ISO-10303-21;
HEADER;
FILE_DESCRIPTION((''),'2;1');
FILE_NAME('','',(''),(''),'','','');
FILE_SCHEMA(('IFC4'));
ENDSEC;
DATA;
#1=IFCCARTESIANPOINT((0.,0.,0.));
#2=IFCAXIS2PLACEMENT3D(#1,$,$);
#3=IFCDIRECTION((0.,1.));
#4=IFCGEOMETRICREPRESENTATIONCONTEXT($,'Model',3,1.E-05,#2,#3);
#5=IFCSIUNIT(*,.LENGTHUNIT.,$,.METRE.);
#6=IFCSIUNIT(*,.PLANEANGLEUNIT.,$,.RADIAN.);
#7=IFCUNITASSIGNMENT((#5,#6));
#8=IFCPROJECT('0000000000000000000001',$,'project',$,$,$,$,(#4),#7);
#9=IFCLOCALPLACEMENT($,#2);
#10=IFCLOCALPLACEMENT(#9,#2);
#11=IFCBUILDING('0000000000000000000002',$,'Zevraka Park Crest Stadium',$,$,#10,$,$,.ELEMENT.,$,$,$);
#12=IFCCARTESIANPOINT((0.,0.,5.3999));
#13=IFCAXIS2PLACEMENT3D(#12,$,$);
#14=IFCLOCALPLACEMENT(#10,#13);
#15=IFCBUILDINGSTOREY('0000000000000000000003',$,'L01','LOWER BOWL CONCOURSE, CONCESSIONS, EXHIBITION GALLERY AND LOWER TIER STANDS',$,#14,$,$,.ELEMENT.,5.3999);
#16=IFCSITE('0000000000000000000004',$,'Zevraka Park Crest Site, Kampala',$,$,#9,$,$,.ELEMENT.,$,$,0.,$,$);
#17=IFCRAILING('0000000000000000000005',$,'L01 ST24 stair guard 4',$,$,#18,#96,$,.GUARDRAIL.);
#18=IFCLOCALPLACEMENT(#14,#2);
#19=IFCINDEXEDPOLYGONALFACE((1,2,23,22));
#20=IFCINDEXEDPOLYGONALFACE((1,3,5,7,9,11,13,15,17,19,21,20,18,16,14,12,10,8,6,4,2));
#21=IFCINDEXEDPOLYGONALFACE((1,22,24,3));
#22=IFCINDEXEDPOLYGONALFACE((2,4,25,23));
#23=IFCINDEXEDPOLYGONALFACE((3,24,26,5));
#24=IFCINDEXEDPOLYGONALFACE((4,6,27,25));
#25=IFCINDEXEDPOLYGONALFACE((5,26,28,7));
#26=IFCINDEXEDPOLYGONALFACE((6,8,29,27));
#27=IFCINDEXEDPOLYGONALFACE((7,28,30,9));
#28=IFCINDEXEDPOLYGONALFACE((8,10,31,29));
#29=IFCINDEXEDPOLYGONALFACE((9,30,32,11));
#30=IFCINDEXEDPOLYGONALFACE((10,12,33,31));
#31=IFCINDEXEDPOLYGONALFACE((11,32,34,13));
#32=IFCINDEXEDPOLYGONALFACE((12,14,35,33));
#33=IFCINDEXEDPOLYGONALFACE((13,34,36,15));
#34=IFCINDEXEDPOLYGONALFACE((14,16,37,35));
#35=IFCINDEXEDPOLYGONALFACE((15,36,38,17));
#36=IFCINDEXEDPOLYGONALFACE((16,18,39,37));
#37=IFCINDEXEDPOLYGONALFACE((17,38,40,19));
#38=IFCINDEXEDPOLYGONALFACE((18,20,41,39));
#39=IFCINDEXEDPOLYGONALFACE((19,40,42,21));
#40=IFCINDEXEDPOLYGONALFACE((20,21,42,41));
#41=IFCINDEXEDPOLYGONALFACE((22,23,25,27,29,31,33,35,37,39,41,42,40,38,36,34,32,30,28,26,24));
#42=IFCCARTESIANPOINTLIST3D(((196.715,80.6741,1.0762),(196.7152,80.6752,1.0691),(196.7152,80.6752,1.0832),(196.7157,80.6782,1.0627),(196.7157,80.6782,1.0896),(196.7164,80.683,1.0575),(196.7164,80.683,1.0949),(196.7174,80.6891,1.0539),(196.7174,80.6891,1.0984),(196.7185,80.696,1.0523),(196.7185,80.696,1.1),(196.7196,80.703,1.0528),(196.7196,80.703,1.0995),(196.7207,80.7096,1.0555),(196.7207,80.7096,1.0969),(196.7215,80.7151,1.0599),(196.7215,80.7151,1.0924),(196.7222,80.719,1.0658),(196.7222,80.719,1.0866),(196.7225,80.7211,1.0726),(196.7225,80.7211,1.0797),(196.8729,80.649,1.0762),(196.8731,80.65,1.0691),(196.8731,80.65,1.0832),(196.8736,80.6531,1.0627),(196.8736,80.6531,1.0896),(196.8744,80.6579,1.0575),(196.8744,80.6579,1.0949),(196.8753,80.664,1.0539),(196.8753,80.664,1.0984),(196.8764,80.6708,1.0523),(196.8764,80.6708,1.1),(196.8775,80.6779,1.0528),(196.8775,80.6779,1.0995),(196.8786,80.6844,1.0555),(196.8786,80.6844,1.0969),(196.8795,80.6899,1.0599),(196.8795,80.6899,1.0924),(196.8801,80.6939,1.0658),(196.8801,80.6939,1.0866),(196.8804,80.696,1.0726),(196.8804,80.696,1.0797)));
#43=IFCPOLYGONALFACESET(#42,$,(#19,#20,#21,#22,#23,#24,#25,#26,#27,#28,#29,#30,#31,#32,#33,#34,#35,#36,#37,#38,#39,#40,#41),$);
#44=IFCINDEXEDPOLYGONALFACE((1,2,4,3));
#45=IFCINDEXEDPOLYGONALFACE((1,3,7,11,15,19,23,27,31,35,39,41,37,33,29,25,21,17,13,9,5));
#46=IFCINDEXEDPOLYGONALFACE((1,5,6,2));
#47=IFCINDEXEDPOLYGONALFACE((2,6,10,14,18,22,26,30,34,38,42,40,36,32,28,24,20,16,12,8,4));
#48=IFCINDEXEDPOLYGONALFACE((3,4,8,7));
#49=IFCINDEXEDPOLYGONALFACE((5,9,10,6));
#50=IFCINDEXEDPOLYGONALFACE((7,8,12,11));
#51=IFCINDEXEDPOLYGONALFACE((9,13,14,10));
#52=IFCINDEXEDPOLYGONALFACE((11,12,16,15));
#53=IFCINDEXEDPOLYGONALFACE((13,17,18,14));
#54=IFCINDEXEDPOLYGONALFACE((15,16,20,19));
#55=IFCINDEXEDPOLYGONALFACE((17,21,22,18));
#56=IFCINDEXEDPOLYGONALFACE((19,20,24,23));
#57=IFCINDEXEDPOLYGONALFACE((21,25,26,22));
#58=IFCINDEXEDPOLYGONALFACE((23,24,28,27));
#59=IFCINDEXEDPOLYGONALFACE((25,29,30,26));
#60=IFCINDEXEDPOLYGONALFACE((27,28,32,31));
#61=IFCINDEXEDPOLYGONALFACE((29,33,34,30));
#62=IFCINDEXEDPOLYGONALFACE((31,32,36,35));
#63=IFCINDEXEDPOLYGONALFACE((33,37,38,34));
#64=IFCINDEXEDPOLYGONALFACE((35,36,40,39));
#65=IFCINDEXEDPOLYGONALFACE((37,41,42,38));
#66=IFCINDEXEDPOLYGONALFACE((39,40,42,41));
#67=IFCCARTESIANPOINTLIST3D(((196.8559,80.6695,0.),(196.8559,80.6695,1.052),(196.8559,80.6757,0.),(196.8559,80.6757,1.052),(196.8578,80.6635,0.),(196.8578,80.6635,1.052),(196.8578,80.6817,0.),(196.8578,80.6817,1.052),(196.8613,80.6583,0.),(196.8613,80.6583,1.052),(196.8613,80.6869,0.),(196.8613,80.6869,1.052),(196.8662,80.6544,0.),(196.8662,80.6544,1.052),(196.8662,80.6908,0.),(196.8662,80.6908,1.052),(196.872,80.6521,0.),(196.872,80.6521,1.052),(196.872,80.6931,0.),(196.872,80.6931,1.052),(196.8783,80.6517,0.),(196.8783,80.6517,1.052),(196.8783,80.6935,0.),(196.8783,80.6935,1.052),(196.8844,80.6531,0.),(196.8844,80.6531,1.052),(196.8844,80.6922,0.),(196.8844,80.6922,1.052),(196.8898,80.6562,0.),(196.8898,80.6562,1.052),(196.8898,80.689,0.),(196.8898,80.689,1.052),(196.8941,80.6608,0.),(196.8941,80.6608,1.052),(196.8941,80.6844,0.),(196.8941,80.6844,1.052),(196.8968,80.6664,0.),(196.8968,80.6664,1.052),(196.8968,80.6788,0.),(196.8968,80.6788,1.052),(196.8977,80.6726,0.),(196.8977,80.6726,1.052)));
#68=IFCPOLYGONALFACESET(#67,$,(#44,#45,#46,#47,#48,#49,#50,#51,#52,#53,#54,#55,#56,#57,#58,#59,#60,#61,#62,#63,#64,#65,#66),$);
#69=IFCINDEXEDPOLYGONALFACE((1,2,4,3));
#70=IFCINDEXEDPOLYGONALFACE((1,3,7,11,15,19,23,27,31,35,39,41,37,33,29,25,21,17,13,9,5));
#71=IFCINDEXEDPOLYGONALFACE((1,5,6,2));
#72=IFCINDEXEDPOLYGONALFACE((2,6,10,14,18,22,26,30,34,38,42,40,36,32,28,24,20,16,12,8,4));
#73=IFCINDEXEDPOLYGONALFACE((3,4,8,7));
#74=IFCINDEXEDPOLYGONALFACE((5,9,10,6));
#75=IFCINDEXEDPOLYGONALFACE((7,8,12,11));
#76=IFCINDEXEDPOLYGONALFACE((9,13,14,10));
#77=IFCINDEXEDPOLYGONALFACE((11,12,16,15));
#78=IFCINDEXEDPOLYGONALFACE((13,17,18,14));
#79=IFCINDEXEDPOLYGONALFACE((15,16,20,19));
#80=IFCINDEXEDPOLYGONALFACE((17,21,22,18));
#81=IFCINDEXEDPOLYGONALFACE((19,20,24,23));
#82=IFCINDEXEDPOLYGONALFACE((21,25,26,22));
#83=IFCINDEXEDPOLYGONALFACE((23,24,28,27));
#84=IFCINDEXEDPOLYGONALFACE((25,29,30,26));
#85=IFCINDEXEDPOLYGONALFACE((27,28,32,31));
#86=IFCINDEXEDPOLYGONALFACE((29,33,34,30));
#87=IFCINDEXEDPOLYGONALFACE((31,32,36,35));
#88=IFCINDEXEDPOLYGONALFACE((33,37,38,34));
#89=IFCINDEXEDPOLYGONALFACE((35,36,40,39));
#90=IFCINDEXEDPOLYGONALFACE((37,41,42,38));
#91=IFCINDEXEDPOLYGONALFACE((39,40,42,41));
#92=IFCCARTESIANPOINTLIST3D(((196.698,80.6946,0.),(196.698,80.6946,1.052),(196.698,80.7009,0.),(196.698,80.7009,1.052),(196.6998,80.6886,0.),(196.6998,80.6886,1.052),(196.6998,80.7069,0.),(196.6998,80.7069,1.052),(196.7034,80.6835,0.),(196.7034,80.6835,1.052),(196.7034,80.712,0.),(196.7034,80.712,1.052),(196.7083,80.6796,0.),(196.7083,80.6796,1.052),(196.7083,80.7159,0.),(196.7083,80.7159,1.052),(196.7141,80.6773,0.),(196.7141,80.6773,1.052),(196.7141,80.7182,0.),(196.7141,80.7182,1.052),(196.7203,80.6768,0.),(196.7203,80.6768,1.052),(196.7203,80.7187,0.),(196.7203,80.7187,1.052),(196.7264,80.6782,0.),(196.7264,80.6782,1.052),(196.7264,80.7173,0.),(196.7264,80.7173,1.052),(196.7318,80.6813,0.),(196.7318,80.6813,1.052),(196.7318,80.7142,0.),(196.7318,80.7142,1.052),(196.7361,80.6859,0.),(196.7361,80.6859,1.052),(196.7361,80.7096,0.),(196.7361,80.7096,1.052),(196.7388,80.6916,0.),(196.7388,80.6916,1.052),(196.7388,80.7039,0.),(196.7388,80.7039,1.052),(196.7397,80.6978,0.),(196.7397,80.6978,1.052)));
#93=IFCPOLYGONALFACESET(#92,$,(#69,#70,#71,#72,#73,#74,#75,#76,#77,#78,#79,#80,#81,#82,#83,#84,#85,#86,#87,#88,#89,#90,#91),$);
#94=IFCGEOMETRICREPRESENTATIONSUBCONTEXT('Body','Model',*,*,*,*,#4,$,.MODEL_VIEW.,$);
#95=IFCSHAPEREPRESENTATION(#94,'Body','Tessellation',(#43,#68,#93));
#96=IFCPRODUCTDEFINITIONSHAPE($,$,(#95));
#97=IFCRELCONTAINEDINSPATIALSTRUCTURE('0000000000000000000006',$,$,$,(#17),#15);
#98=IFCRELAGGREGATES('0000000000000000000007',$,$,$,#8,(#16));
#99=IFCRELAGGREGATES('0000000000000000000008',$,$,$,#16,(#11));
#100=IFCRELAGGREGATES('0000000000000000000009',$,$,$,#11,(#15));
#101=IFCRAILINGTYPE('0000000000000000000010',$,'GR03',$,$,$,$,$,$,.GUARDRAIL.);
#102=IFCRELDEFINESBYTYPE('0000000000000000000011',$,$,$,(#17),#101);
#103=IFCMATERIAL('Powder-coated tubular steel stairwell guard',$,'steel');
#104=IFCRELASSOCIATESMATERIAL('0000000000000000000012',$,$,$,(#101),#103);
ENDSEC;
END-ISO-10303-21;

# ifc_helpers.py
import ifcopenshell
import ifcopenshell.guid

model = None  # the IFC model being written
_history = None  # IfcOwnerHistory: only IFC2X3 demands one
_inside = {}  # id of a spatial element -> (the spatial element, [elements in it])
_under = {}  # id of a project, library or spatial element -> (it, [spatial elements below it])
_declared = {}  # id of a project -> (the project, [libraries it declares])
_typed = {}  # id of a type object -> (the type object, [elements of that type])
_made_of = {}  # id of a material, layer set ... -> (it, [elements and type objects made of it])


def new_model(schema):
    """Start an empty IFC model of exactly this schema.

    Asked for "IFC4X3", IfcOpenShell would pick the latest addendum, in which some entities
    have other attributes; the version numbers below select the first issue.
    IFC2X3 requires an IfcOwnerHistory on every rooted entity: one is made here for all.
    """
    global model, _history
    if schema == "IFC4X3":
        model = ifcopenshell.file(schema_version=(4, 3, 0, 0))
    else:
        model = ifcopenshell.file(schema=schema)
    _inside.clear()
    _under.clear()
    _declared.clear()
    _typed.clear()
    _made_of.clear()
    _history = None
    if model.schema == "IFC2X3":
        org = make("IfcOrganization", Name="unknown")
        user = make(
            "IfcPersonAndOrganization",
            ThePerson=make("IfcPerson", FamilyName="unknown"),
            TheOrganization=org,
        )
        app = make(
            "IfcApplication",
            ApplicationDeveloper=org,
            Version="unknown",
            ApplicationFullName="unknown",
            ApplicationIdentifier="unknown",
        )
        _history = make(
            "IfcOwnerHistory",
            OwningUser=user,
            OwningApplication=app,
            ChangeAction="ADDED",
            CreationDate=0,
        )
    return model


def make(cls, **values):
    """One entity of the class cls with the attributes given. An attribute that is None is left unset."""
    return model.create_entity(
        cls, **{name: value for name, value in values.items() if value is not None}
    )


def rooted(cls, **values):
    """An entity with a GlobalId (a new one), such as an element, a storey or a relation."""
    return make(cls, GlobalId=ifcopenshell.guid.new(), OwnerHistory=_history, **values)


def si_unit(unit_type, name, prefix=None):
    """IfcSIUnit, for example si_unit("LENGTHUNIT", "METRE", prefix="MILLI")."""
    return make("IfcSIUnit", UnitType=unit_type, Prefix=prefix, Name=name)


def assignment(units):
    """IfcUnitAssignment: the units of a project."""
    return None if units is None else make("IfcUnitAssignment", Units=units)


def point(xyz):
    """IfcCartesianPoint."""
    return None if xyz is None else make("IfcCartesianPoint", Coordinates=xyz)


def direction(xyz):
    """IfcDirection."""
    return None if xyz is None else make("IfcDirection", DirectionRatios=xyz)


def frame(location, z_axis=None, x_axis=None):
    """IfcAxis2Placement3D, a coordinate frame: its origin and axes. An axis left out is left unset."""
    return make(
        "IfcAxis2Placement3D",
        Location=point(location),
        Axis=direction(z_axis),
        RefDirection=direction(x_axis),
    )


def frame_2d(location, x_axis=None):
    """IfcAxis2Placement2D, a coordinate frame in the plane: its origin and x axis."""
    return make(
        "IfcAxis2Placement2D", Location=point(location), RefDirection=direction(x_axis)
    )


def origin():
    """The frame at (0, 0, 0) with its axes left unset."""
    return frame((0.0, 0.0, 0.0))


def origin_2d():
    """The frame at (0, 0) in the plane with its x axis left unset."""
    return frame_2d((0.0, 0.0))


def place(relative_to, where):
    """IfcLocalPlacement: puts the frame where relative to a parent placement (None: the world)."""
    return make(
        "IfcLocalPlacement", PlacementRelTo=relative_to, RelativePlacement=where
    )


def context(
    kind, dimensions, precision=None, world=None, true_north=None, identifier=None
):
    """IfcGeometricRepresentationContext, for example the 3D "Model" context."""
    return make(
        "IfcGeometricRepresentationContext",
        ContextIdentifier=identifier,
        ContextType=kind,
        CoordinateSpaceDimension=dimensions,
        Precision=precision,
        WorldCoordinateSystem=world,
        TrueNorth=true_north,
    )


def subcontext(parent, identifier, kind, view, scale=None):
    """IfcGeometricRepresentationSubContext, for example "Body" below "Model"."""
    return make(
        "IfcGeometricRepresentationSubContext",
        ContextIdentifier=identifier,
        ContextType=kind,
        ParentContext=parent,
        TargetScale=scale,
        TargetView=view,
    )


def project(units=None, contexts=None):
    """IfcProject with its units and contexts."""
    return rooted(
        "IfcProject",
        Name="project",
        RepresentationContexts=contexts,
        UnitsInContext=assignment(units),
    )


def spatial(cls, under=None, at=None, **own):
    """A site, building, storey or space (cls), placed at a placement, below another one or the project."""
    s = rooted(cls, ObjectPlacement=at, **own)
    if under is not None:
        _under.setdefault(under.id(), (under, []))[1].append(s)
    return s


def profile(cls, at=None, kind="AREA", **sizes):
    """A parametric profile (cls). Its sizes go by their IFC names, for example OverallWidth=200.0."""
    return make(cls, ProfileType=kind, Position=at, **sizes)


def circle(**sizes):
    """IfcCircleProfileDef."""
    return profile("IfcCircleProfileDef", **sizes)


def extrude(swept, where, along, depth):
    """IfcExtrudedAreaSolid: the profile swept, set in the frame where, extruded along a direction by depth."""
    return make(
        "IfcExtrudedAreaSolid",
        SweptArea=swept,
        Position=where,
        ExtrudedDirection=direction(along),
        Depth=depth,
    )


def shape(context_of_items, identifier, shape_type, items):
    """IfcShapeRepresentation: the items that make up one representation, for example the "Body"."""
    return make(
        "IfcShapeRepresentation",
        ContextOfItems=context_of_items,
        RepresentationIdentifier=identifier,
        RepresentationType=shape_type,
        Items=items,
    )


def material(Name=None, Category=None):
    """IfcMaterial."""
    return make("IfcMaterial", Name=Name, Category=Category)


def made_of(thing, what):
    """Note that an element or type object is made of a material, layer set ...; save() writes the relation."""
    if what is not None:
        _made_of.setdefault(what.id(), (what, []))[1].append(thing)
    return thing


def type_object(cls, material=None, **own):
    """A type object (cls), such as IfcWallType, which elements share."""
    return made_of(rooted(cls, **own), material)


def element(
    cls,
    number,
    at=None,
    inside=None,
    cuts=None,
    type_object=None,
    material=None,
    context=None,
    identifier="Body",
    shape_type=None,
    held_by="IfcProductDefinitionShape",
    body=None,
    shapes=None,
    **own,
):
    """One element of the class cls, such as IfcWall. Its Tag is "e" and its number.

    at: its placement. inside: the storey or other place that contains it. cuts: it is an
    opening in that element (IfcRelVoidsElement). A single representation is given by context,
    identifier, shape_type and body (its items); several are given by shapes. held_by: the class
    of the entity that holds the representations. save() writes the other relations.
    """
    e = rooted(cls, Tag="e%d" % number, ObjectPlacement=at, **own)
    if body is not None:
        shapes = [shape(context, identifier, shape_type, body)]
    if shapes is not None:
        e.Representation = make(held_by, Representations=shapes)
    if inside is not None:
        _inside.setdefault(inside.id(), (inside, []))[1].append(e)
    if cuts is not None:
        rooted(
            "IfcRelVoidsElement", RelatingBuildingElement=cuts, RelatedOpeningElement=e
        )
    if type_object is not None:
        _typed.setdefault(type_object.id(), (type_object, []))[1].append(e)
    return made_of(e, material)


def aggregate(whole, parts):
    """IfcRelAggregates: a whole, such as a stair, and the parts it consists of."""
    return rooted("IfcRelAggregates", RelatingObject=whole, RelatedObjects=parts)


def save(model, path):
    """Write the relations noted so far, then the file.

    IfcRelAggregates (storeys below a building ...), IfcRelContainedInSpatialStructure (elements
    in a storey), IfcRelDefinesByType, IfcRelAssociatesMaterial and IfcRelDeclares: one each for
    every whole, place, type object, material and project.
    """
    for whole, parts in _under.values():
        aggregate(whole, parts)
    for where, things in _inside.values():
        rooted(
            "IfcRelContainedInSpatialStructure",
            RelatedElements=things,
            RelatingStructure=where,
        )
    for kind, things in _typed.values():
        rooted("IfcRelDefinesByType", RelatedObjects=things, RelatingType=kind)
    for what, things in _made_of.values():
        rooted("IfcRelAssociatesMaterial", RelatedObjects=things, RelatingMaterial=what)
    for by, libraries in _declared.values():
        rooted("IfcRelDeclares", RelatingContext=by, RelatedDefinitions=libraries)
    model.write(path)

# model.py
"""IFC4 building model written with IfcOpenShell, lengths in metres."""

from ifc_helpers import new_model, si_unit, direction, frame, origin, origin_2d, place, context, subcontext, project, spatial, circle, extrude, material, type_object, element, save


model = new_model("IFC4")

# Units and contexts
model_context = context("Model", 3, precision=1e-05, world=origin(), true_north=direction((0.0, 1.0)))
body_context = subcontext(model_context, "Body", "Model", "MODEL_VIEW")
ifc_project = project(units=[si_unit("LENGTHUNIT", "METRE"), si_unit("PLANEANGLEUNIT", "RADIAN")], contexts=[model_context])

# Site, building, storey
site_placement = place(None, origin())
site = spatial("IfcSite", under=ifc_project, at=site_placement, Name="Zevraka Park Crest Site, Kampala", CompositionType="ELEMENT", RefElevation=0.0)
building_placement = place(site_placement, origin())
building = spatial("IfcBuilding", under=site, at=building_placement, Name="Zevraka Park Crest Stadium", CompositionType="ELEMENT")
storey_placement = place(building_placement, frame((0.0, 0.0, 5.3999)))
storey = spatial("IfcBuildingStorey", under=building, at=storey_placement, Name="L01", Description="LOWER BOWL CONCOURSE, CONCESSIONS, EXHIBITION GALLERY AND LOWER TIER STANDS", CompositionType="ELEMENT", Elevation=5.3999)

# Railing
ifc_material_1 = material(Name="Powder-coated tubular steel stairwell guard", Category="steel")
railing_type_1 = type_object("IfcRailingType", Name="GR03", PredefinedType="GUARDRAIL", material=ifc_material_1)
railing_1_placement = place(storey_placement, frame((196.8767, 80.6726, 0.0)))
element("IfcRailing", 1, at=railing_1_placement, inside=storey, type_object=railing_type_1, Name="L01 ST24 stair guard 4", PredefinedType="GUARDRAIL", context=body_context, shape_type="SweptSolid", body=[
    extrude(circle(Radius=0.0239, at=origin_2d()), frame((0.0, 0.0, 1.0762), z_axis=(-0.987564, 0.157217, 0.0), x_axis=(-0.157217, -0.987564, 0.0)), (0.0, 0.0, 1.0), 0.1599),
    extrude(circle(Radius=0.021, at=origin_2d()), origin(), (0.0, 0.0, 1.0), 1.052),
    extrude(circle(Radius=0.021, at=origin_2d()), frame((-0.158, 0.0251, 0.0)), (0.0, 0.0, 1.0), 1.052),
])

save(model, "model.ifc")
